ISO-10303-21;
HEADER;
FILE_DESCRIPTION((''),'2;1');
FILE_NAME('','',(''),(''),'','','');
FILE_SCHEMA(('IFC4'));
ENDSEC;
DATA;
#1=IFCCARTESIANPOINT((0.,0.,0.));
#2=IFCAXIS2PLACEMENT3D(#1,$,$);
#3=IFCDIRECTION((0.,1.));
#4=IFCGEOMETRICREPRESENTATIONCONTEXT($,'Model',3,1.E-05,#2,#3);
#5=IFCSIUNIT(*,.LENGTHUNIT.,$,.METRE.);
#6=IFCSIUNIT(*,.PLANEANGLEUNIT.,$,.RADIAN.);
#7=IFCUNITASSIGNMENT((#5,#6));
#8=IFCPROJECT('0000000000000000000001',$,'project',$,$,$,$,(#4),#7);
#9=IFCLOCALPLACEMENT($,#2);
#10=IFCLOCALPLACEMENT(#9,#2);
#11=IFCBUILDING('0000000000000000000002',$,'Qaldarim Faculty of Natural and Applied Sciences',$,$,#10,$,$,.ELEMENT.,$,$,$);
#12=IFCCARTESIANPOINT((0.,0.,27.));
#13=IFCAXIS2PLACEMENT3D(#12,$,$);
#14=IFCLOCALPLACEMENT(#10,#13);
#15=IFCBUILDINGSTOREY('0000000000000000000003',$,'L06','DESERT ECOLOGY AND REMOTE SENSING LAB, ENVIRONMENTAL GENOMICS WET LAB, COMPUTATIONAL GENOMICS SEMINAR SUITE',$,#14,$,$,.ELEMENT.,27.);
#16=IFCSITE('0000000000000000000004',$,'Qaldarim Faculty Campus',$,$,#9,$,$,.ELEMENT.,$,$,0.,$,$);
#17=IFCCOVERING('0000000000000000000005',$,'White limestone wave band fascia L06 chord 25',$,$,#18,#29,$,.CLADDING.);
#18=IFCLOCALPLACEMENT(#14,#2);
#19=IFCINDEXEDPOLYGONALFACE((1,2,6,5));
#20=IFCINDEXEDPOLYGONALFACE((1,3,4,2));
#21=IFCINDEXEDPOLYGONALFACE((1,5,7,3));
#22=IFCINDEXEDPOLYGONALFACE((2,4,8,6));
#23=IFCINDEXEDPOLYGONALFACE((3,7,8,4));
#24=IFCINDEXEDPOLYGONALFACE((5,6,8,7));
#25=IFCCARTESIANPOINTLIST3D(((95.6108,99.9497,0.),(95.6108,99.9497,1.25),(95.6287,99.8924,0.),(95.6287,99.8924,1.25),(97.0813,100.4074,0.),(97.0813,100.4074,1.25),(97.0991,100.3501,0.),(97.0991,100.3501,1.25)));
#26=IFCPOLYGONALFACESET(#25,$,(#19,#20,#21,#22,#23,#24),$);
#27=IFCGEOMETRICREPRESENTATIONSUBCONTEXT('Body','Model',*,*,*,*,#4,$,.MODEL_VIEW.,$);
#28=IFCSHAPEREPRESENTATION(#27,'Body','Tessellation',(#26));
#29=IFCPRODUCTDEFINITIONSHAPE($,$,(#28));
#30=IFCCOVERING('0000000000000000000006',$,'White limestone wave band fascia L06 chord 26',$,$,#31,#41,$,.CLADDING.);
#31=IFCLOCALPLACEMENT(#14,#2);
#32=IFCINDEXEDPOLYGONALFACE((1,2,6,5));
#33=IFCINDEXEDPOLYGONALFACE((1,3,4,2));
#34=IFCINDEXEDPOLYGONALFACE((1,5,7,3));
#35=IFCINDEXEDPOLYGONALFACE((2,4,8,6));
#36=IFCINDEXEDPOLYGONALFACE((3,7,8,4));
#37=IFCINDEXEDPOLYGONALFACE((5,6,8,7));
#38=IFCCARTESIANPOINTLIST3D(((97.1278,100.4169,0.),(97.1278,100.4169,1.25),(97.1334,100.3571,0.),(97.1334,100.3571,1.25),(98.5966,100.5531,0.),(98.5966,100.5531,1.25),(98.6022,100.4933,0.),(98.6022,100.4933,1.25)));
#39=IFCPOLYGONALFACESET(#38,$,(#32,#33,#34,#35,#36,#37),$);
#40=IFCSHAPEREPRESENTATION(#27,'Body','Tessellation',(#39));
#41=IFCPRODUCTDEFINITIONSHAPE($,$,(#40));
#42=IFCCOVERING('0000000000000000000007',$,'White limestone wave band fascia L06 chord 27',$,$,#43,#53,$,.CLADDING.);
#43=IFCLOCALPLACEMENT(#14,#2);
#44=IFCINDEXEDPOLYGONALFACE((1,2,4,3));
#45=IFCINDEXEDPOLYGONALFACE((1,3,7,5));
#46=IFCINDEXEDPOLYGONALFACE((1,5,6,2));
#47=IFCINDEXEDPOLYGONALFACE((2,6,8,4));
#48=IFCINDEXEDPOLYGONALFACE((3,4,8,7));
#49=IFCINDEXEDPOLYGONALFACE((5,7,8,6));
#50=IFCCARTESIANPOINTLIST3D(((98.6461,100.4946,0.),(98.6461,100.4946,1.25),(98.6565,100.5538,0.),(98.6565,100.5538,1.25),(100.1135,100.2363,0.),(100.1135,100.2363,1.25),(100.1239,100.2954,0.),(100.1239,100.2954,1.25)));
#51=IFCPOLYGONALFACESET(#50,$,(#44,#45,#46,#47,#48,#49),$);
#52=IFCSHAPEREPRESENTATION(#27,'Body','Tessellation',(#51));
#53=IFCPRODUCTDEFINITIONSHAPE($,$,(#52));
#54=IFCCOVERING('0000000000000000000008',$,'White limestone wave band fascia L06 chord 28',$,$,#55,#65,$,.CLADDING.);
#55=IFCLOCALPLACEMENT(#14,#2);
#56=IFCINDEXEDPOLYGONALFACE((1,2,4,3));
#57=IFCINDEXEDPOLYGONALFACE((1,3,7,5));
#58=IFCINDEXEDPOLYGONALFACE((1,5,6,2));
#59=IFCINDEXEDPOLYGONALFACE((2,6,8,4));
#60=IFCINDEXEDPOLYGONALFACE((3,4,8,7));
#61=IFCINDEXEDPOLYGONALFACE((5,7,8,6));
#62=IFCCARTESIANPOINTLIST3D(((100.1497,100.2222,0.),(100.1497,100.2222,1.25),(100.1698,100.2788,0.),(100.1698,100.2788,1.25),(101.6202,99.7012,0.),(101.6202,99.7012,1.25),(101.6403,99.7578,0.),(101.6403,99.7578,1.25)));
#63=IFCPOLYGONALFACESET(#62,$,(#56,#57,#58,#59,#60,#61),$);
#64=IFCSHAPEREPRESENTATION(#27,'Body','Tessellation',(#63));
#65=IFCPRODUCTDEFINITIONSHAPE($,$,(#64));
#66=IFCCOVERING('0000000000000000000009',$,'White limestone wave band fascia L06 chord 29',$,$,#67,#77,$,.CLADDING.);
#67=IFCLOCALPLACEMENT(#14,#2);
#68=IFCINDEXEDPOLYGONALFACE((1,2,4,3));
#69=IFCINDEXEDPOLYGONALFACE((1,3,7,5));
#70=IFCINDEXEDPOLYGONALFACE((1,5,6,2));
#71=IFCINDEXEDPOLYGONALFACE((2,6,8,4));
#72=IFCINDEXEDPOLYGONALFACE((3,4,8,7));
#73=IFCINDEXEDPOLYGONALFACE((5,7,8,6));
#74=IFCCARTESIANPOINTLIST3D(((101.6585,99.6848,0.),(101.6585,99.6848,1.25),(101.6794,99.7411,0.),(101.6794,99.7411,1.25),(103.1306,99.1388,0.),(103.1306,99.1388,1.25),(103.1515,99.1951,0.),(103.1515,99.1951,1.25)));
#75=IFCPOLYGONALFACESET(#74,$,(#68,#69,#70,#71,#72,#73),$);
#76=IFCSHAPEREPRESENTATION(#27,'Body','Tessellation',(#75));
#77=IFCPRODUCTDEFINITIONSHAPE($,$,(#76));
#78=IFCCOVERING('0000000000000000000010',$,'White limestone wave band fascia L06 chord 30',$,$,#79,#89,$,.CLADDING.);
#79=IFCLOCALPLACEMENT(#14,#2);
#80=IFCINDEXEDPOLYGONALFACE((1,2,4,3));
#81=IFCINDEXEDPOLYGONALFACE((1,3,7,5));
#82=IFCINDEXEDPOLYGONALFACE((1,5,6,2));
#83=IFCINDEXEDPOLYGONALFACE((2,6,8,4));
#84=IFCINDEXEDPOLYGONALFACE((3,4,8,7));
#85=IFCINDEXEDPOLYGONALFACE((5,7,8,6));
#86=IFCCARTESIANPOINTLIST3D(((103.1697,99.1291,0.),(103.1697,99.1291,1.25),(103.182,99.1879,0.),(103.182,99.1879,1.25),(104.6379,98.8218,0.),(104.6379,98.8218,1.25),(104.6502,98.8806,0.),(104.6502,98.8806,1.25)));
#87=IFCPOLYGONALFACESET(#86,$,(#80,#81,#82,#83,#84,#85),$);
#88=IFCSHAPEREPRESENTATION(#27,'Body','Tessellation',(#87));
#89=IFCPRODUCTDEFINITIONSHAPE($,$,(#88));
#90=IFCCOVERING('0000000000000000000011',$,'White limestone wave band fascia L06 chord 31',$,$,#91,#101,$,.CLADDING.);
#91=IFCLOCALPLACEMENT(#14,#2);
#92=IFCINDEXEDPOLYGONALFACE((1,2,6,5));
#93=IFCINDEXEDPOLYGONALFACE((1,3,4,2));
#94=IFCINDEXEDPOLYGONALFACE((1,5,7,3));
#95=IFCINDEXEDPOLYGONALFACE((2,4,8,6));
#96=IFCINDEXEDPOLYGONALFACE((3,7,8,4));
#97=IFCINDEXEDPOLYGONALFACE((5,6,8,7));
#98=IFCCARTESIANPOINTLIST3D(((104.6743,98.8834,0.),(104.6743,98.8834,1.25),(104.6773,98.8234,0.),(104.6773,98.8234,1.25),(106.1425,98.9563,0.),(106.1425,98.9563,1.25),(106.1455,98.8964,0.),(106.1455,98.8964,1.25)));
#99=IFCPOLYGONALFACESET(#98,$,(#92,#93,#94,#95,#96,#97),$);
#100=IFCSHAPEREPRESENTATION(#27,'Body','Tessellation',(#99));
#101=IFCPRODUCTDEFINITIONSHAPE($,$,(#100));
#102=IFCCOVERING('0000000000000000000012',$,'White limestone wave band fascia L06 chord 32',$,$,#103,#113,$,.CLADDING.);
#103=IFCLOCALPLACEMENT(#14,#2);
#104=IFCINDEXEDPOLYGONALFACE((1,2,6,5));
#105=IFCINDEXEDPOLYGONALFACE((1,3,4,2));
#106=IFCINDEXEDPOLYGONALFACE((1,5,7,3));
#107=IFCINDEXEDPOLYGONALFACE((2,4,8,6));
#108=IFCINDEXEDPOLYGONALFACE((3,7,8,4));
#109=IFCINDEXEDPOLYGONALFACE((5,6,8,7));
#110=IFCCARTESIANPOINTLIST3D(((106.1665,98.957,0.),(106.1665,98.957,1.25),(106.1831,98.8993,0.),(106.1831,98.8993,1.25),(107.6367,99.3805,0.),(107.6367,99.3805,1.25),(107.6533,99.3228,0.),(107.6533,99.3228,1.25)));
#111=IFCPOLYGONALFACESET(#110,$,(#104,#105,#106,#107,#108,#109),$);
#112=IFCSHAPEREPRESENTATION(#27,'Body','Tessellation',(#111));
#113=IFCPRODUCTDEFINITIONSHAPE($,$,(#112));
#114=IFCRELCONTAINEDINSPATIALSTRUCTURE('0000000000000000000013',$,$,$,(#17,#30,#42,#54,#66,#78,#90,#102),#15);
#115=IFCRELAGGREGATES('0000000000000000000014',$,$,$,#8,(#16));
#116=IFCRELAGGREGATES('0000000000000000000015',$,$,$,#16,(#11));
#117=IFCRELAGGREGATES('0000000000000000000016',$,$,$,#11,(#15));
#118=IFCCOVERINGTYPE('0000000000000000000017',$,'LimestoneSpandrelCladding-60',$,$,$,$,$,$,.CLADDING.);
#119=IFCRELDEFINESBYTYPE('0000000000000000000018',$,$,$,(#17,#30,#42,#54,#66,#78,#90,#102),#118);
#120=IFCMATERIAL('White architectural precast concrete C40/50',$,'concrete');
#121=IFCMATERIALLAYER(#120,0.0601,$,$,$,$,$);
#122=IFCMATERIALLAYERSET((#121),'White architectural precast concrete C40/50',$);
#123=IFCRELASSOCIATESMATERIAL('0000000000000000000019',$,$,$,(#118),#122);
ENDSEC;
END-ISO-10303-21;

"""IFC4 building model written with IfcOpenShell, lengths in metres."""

from ifc_helpers import new_model, si_unit, direction, frame, origin, origin_2d, place, context, subcontext, project, spatial, rectangle, extrude, material, layer, layer_set, type_object, element, save


model = new_model("IFC4")

# Units and contexts
model_context = context("Model", 3, precision=1e-05, world=origin(), true_north=direction((0.0, 1.0)))
body_context = subcontext(model_context, "Body", "Model", "MODEL_VIEW")
ifc_project = project(units=[si_unit("LENGTHUNIT", "METRE"), si_unit("PLANEANGLEUNIT", "RADIAN")], contexts=[model_context])

# Site, building, storey
site_placement = place(None, origin())
site = spatial("IfcSite", under=ifc_project, at=site_placement, Name="Qaldarim Faculty Campus", CompositionType="ELEMENT", RefElevation=0.0)
building_placement = place(site_placement, origin())
building = spatial("IfcBuilding", under=site, at=building_placement, Name="Qaldarim Faculty of Natural and Applied Sciences", CompositionType="ELEMENT")
storey_placement = place(building_placement, frame((0.0, 0.0, 27.0)))
storey = spatial("IfcBuildingStorey", under=building, at=storey_placement, Name="L06", Description="DESERT ECOLOGY AND REMOTE SENSING LAB, ENVIRONMENTAL GENOMICS WET LAB, COMPUTATIONAL GENOMICS SEMINAR SUITE", CompositionType="ELEMENT", Elevation=27.0)

# Shared definitions
ifc_material = material(Name="White architectural precast concrete C40/50", Category="concrete")

# Coverings
ifc_layer_1 = layer(ifc_material, 0.0601)
ifc_layer_set_1 = layer_set([ifc_layer_1], Name="White architectural precast concrete C40/50")
covering_type = type_object("IfcCoveringType", Name="LimestoneSpandrelCladding-60", PredefinedType="CLADDING", material=ifc_layer_set_1)
covering_1_placement = place(storey_placement, frame((96.355, 100.1499, 0.0), z_axis=(0.0, 0.0, 1.0), x_axis=(0.954818, 0.297192, 0.0)))
element("IfcCovering", 1, at=covering_1_placement, inside=storey, type_object=covering_type, Name="White limestone wave band fascia L06 chord 25", PredefinedType="CLADDING", context=body_context, shape_type="SweptSolid", body=[
    extrude(rectangle(XDim=1.54, YDim=0.0601, at=origin_2d()), origin(), (0.0, 0.0, 1.0), 1.25),
])
covering_2_placement = place(storey_placement, frame((97.865, 100.4551, 0.0), z_axis=(0.0, 0.0, 1.0), x_axis=(0.99573, 0.092318, 0.0)))
element("IfcCovering", 2, at=covering_2_placement, inside=storey, type_object=covering_type, Name="White limestone wave band fascia L06 chord 26", PredefinedType="CLADDING", context=body_context, shape_type="SweptSolid", body=[
    extrude(rectangle(XDim=1.4751, YDim=0.0601, at=origin_2d()), origin(), (0.0, 0.0, 1.0), 1.25),
])
covering_3_placement = place(storey_placement, frame((99.385, 100.395, 0.0), z_axis=(0.0, 0.0, 1.0), x_axis=(0.98485, -0.173408, 0.0)))
element("IfcCovering", 3, at=covering_3_placement, inside=storey, type_object=covering_type, Name="White limestone wave band fascia L06 chord 27", PredefinedType="CLADDING", context=body_context, shape_type="SweptSolid", body=[
    extrude(rectangle(XDim=1.49, YDim=0.0601, at=origin_2d()), origin(), (0.0, 0.0, 1.0), 1.25),
])
covering_4_placement = place(storey_placement, frame((100.895, 99.99, 0.0), z_axis=(0.0, 0.0, 1.0), x_axis=(0.942589, -0.333955, 0.0)))
element("IfcCovering", 4, at=covering_4_placement, inside=storey, type_object=covering_type, Name="White limestone wave band fascia L06 chord 28", PredefinedType="CLADDING", context=body_context, shape_type="SweptSolid", body=[
    extrude(rectangle(XDim=1.5601, YDim=0.0601, at=origin_2d()), origin(), (0.0, 0.0, 1.0), 1.25),
])
covering_5_placement = place(storey_placement, frame((102.405, 99.4399, 0.0), z_axis=(0.0, 0.0, 1.0), x_axis=(0.937598, -0.347721, 0.0)))
element("IfcCovering", 5, at=covering_5_placement, inside=storey, type_object=covering_type, Name="White limestone wave band fascia L06 chord 29", PredefinedType="CLADDING", context=body_context, shape_type="SweptSolid", body=[
    extrude(rectangle(XDim=1.5701, YDim=0.0601, at=origin_2d()), origin(), (0.0, 0.0, 1.0), 1.25),
])
covering_6_placement = place(storey_placement, frame((103.9099, 99.0049, 0.0), z_axis=(0.0, 0.0, 1.0), x_axis=(0.978792, -0.204855, 0.0)))
element("IfcCovering", 6, at=covering_6_placement, inside=storey, type_object=covering_type, Name="White limestone wave band fascia L06 chord 30", PredefinedType="CLADDING", context=body_context, shape_type="SweptSolid", body=[
    extrude(rectangle(XDim=1.5, YDim=0.0601, at=origin_2d()), origin(), (0.0, 0.0, 1.0), 1.25),
])
covering_7_placement = place(storey_placement, frame((105.4099, 98.8899, 0.0), z_axis=(0.0, 0.0, 1.0), x_axis=(0.998769, 0.049599, 0.0)))
element("IfcCovering", 7, at=covering_7_placement, inside=storey, type_object=covering_type, Name="White limestone wave band fascia L06 chord 31", PredefinedType="CLADDING", context=body_context, shape_type="SweptSolid", body=[
    extrude(rectangle(XDim=1.47, YDim=0.0601, at=origin_2d()), origin(), (0.0, 0.0, 1.0), 1.25),
])
covering_8_placement = place(storey_placement, frame((106.9099, 99.1399, 0.0), z_axis=(0.0, 0.0, 1.0), x_axis=(0.960919, 0.276828, 0.0)))
element("IfcCovering", 8, at=covering_8_placement, inside=storey, type_object=covering_type, Name="White limestone wave band fascia L06 chord 32", PredefinedType="CLADDING", context=body_context, shape_type="SweptSolid", body=[
    extrude(rectangle(XDim=1.53, YDim=0.0601, at=origin_2d()), origin(), (0.0, 0.0, 1.0), 1.25),
])

save(model, "model.ifc")
